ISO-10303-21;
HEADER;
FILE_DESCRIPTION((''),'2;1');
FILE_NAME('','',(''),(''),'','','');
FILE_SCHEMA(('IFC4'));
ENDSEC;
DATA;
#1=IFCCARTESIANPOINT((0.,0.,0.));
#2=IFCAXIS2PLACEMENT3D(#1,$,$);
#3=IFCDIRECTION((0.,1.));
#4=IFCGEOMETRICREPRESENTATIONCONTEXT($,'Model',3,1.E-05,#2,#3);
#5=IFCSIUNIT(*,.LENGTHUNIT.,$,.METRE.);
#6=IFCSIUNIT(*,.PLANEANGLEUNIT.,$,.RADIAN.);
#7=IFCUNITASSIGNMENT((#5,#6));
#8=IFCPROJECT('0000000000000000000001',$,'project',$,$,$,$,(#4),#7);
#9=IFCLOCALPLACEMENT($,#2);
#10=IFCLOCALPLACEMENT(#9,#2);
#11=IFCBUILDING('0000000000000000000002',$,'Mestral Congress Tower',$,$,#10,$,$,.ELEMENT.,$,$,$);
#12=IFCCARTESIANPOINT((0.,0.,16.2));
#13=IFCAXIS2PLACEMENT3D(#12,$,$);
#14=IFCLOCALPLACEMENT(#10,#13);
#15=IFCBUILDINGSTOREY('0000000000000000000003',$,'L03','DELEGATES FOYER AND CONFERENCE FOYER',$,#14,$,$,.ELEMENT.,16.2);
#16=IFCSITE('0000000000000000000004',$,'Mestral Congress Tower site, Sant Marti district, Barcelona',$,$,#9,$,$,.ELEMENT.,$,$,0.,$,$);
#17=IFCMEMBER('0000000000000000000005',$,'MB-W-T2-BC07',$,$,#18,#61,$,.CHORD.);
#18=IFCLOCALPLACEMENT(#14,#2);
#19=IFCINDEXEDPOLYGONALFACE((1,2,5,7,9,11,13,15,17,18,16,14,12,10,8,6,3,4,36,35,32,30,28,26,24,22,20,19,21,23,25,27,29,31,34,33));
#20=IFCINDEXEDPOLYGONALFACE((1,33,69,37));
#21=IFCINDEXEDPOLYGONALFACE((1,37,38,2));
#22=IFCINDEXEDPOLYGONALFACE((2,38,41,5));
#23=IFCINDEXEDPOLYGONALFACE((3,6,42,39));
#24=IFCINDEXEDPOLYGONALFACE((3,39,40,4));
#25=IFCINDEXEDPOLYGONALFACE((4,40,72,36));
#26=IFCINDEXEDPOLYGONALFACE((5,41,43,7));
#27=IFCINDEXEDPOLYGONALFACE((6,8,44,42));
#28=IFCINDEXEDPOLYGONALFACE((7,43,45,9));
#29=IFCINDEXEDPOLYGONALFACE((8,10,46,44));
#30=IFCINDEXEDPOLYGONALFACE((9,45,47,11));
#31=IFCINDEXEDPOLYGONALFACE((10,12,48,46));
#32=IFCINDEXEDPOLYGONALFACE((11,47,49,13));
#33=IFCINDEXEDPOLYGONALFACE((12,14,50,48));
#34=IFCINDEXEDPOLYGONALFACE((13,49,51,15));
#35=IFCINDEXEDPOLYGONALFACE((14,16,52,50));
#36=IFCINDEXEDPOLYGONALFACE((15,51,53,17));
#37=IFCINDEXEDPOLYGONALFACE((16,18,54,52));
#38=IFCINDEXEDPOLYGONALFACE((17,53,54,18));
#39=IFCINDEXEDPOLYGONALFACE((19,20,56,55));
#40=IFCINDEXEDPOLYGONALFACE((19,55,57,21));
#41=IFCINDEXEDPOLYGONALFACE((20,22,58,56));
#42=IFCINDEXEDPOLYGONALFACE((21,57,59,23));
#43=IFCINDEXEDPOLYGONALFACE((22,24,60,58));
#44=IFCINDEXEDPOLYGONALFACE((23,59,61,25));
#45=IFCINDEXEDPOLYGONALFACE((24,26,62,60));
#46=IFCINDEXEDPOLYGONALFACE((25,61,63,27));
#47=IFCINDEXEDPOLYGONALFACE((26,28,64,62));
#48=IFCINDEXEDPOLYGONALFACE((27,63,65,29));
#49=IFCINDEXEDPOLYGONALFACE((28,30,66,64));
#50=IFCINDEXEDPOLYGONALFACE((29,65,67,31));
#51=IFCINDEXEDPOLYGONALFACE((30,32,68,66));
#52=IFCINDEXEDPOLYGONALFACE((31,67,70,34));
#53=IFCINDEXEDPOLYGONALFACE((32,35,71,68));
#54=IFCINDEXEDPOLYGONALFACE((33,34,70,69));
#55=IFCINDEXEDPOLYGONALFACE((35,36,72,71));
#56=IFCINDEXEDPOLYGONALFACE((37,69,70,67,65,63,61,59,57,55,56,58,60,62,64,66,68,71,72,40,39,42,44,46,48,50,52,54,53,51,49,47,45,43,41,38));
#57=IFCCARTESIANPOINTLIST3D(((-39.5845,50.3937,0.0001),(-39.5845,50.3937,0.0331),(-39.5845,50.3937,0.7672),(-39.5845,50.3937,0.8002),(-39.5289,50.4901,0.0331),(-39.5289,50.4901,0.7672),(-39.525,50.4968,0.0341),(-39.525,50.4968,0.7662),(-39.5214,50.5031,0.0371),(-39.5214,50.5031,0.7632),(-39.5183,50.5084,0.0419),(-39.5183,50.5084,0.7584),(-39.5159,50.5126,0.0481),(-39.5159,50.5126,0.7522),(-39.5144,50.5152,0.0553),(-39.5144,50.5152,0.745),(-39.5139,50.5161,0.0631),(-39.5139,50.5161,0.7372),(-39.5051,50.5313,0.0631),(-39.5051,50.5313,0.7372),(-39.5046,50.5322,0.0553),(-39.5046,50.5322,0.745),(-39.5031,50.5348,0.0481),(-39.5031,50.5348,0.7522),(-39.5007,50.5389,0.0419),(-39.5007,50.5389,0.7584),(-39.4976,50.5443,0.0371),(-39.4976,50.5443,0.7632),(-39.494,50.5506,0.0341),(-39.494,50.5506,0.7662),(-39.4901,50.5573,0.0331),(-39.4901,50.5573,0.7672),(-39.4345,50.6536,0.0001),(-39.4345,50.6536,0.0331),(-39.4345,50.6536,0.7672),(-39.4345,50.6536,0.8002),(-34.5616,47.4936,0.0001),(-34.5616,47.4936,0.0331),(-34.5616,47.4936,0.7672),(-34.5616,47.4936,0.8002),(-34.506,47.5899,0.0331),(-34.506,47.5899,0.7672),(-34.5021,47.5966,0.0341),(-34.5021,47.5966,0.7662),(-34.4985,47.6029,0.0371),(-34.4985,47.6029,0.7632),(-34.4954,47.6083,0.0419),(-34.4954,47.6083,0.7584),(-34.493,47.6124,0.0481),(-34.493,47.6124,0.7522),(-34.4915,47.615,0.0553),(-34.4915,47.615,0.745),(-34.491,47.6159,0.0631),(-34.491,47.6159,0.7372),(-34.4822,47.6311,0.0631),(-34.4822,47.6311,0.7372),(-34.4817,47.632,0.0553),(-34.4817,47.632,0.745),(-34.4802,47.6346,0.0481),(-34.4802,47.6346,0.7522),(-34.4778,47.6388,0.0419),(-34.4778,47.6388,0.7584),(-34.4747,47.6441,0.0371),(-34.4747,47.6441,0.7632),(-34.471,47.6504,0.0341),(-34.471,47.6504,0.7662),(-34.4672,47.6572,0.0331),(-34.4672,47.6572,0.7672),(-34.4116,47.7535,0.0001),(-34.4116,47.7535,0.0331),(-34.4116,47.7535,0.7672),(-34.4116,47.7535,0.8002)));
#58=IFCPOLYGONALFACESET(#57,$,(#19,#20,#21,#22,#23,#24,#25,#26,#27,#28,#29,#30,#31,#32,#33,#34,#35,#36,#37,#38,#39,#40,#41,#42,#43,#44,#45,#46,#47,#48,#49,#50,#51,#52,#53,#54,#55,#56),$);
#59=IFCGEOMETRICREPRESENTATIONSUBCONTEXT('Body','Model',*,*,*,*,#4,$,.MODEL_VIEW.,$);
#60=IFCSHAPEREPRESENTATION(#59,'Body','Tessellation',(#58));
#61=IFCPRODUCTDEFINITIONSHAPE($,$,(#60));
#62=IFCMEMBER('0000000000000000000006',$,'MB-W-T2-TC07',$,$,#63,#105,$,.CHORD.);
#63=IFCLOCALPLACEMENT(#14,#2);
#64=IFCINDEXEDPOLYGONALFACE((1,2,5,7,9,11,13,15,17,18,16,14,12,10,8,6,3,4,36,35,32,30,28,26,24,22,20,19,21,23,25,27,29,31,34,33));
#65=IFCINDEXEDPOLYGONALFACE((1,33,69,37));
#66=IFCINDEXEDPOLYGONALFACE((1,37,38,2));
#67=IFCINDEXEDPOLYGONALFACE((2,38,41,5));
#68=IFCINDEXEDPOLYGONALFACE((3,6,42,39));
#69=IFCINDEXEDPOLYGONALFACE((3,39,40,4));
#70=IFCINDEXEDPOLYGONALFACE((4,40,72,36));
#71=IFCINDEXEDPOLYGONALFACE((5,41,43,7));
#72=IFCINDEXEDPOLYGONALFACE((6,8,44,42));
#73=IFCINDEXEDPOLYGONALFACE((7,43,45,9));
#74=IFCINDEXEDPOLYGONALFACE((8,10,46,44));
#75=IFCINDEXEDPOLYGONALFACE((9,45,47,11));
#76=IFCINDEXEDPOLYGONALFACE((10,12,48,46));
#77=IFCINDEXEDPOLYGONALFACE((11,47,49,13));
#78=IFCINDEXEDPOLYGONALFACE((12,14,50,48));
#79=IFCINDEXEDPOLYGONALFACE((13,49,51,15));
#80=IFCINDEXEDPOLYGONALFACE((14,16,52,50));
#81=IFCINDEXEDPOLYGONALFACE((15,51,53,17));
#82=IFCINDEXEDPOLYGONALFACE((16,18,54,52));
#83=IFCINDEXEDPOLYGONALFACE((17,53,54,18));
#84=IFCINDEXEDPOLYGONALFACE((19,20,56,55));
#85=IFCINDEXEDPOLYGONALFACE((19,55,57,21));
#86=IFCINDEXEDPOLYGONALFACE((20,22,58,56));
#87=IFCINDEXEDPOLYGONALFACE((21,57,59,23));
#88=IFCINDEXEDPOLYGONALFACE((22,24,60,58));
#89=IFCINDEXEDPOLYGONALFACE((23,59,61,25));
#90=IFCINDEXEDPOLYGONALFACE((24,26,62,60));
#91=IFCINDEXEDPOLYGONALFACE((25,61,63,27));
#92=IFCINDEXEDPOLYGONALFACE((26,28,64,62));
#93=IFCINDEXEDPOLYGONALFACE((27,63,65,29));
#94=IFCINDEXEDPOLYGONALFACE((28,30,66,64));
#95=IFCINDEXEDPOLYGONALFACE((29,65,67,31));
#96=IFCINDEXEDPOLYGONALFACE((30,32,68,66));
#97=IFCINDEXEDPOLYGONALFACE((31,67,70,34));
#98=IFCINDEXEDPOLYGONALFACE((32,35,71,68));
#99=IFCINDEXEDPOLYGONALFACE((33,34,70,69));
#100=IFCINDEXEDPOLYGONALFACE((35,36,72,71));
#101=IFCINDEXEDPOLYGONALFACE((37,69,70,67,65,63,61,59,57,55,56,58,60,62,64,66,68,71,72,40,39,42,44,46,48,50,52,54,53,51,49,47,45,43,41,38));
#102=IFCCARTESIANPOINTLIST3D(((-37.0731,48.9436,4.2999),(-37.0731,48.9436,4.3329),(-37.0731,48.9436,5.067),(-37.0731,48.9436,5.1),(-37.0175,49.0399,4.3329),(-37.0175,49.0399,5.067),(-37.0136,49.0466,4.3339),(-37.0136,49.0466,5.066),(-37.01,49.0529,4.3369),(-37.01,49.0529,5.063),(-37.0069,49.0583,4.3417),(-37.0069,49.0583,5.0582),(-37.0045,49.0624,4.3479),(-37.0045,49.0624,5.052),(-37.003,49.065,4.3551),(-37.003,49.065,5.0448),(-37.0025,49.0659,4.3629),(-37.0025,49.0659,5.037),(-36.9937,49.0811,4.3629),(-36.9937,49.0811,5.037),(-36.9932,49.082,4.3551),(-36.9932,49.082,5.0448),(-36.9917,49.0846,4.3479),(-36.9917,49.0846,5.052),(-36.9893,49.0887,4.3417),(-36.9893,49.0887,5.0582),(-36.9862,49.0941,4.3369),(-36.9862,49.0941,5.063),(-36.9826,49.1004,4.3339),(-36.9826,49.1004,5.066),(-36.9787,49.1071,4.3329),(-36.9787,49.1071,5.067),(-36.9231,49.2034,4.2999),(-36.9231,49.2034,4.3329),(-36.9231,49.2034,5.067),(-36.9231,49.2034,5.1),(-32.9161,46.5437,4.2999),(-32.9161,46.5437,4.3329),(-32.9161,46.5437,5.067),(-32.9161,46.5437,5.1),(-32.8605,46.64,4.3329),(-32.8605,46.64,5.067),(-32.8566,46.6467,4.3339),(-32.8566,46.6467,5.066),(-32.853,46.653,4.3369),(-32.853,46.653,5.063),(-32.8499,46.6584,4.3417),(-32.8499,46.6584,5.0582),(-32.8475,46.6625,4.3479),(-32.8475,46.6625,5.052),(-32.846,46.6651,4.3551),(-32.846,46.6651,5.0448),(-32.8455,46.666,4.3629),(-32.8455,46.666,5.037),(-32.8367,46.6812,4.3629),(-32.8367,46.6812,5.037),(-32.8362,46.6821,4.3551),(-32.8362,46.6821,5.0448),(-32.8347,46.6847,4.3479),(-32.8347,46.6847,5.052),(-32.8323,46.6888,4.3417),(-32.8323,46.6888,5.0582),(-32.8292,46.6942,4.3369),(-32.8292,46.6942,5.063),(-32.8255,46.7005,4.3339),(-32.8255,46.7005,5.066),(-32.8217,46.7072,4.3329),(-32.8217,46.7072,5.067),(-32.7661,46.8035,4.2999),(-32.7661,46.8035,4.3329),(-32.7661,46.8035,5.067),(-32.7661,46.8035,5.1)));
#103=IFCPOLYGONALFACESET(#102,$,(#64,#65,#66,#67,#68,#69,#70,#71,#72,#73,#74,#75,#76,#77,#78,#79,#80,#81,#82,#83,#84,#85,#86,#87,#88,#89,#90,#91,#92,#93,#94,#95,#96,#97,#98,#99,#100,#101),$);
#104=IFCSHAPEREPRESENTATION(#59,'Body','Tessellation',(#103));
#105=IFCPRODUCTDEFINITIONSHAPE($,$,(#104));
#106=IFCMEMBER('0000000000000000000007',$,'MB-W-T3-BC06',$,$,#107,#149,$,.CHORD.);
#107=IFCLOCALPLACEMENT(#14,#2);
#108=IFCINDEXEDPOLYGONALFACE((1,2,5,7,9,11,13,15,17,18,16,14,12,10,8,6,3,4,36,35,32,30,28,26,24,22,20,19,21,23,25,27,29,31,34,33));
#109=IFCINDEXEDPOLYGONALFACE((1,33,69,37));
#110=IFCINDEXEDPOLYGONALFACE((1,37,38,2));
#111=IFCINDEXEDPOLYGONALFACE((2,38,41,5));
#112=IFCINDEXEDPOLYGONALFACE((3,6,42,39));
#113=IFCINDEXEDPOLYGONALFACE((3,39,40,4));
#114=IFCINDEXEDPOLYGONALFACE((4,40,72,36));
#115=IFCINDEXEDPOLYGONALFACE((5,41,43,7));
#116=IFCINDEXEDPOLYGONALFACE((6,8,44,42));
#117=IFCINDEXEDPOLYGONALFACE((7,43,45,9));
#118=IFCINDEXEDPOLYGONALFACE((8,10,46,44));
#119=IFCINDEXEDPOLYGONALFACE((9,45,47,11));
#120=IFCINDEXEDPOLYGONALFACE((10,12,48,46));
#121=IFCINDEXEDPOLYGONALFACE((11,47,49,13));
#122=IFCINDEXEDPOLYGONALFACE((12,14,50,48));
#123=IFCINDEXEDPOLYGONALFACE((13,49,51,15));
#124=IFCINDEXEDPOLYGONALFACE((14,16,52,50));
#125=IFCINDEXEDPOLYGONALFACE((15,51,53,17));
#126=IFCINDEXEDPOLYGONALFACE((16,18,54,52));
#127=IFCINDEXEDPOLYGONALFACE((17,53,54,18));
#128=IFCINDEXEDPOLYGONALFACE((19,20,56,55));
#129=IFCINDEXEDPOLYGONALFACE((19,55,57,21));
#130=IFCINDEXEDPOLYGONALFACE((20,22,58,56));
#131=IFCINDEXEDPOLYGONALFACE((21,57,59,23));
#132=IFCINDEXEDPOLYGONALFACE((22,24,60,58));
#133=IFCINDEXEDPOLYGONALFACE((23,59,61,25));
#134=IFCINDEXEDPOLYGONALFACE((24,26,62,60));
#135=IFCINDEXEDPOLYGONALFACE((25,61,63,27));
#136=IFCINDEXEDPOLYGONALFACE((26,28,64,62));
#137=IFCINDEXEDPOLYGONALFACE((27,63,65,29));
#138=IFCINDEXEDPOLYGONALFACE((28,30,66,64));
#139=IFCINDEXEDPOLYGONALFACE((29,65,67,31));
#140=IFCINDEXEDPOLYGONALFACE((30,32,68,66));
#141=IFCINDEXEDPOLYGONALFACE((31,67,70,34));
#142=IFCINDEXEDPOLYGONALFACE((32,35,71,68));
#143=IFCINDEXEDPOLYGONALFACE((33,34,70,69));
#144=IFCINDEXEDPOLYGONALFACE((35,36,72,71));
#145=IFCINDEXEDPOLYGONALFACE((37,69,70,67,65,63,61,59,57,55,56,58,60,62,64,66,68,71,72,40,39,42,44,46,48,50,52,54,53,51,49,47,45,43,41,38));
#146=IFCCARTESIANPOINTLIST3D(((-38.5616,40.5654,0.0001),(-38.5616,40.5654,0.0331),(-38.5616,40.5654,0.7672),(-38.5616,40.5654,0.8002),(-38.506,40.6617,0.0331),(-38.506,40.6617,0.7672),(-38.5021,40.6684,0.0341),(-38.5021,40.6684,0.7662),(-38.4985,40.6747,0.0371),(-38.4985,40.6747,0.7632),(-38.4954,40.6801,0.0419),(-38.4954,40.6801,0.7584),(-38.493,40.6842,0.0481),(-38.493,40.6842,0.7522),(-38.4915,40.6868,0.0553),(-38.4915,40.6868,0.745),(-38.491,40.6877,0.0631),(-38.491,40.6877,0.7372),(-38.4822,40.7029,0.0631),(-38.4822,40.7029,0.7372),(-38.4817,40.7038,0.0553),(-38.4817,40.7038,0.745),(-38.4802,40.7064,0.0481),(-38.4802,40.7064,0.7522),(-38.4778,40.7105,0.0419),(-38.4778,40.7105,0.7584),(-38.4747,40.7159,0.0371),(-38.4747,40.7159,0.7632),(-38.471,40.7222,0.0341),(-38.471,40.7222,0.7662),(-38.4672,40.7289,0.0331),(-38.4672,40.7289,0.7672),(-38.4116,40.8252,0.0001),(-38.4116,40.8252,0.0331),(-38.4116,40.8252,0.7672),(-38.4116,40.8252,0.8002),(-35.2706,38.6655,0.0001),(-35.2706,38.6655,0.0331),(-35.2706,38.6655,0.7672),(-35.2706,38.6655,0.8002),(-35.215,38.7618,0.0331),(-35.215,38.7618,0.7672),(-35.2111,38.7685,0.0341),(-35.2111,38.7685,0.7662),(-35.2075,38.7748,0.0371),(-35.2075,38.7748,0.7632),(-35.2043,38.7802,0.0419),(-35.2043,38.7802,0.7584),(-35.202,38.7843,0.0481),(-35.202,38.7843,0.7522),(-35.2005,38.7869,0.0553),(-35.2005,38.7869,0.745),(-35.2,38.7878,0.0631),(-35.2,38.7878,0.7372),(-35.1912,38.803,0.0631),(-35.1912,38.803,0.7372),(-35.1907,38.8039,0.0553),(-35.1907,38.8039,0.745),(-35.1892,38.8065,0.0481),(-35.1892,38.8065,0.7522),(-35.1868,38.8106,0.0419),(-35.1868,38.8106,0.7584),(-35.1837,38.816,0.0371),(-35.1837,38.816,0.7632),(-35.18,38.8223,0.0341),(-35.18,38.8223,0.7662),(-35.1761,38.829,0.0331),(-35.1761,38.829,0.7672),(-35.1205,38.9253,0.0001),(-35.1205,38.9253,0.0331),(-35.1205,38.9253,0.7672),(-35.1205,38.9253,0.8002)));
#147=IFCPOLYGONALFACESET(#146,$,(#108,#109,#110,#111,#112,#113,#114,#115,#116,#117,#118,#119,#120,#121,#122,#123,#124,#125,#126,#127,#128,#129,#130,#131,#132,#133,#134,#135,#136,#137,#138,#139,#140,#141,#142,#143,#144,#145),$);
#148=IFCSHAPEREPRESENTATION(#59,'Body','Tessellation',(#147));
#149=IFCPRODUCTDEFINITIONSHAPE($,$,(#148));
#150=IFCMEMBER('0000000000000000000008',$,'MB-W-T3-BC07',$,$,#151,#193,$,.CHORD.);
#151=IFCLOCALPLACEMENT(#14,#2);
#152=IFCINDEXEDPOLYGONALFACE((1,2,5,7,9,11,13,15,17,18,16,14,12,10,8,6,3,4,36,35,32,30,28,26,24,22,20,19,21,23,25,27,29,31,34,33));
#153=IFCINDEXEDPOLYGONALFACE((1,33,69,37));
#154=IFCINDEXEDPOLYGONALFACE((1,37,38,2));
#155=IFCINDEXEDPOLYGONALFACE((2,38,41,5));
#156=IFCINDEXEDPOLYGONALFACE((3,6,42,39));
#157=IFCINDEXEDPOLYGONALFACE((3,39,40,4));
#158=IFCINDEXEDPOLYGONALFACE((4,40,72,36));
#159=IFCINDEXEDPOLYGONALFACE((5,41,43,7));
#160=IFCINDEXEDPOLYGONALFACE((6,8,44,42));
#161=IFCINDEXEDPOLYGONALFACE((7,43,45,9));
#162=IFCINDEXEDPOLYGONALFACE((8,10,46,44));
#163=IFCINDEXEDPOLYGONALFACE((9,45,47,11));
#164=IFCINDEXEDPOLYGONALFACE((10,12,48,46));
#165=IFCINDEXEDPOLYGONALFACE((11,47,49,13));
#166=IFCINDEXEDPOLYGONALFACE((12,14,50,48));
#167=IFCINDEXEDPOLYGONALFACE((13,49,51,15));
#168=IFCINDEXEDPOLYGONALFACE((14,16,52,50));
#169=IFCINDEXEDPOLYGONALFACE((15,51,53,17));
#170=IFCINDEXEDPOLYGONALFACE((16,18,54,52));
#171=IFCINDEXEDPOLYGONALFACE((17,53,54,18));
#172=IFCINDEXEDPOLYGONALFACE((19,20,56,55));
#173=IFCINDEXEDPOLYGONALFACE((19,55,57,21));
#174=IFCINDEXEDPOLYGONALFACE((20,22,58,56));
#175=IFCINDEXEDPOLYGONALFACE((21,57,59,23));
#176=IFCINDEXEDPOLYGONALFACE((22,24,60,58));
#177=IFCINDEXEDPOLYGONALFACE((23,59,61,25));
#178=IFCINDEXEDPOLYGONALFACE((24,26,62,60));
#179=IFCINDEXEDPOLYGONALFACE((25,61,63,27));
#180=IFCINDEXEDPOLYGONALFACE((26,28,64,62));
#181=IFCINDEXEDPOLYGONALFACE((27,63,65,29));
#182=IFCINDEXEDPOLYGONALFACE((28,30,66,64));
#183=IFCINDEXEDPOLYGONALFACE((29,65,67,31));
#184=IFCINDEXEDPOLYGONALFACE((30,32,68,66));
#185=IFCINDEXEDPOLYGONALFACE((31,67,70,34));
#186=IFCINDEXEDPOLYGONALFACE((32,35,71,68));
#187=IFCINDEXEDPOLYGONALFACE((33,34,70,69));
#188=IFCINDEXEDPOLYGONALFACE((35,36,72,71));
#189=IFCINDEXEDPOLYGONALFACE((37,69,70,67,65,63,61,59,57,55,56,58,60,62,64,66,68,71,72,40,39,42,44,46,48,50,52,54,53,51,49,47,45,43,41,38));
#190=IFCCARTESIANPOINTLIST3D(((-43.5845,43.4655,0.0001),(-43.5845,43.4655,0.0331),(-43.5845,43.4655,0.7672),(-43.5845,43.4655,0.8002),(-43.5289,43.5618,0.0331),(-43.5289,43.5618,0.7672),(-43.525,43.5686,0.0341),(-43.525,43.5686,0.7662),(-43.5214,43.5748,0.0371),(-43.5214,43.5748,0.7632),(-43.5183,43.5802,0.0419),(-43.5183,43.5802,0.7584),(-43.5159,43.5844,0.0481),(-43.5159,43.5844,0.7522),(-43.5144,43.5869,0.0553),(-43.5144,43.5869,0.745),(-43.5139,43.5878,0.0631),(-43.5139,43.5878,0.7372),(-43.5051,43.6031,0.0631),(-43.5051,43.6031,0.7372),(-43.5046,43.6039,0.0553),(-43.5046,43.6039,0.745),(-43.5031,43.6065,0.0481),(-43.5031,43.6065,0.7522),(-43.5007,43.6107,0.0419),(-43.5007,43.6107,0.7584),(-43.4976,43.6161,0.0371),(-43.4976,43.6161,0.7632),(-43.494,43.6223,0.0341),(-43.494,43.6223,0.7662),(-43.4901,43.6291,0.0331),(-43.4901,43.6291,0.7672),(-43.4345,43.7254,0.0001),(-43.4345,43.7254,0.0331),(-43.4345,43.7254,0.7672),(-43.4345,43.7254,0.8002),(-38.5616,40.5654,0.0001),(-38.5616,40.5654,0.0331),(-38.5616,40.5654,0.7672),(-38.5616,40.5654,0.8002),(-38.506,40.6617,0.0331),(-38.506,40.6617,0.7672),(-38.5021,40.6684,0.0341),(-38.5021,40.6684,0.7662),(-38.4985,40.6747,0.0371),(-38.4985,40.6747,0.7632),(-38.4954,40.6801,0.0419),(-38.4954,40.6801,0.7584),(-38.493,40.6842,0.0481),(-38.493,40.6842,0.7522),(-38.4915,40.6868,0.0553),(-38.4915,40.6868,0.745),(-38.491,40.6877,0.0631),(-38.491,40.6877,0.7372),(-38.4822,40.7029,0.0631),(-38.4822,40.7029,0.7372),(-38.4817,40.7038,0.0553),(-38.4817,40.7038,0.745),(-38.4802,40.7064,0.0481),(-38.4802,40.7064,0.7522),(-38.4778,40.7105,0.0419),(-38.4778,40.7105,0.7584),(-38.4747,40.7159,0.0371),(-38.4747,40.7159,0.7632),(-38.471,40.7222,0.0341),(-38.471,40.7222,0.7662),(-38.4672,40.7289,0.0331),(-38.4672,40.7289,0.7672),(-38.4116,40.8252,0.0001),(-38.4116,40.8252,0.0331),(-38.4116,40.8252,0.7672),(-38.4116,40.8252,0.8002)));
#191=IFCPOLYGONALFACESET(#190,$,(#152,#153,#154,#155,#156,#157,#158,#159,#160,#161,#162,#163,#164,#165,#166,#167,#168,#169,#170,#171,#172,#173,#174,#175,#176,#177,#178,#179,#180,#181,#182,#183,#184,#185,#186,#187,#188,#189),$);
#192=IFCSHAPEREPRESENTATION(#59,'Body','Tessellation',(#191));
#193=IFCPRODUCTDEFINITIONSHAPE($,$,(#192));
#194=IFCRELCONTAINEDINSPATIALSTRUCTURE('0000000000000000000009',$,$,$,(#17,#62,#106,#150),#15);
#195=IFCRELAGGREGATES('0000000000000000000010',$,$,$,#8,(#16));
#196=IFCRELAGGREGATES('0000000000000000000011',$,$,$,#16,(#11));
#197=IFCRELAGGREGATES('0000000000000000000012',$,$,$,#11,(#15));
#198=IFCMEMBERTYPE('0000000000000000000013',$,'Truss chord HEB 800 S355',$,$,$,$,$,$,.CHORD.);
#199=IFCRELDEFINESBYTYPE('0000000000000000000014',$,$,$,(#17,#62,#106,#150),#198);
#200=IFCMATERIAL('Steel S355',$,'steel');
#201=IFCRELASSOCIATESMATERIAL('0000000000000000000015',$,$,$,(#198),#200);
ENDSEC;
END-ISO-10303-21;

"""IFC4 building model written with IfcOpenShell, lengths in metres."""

from ifc_helpers import new_model, si_unit, direction, frame, origin, origin_2d, place, context, subcontext, project, spatial, i_section, extrude, material, material_profile, profile_set, type_object, element, save


model = new_model("IFC4")

# Units and contexts
model_context = context("Model", 3, precision=1e-05, world=origin(), true_north=direction((0.0, 1.0)))
body_context = subcontext(model_context, "Body", "Model", "MODEL_VIEW")
ifc_project = project(units=[si_unit("LENGTHUNIT", "METRE"), si_unit("PLANEANGLEUNIT", "RADIAN")], contexts=[model_context])

# Site, building, storey
site_placement = place(None, origin())
site = spatial("IfcSite", under=ifc_project, at=site_placement, Name="Mestral Congress Tower site, Sant Marti district, Barcelona", CompositionType="ELEMENT", RefElevation=0.0)
building_placement = place(site_placement, origin())
building = spatial("IfcBuilding", under=site, at=building_placement, Name="Mestral Congress Tower", CompositionType="ELEMENT")
storey_placement = place(building_placement, frame((0.0, 0.0, 16.2)))
storey = spatial("IfcBuildingStorey", under=building, at=storey_placement, Name="L03", Description="DELEGATES FOYER AND CONFERENCE FOYER", CompositionType="ELEMENT", Elevation=16.2)

# Members
ifc_material = material(Name="Steel S355", Category="steel")
ifc_material_profile_1 = material_profile(ifc_material, i_section(OverallWidth=0.3, OverallDepth=0.8, WebThickness=0.0176, FlangeThickness=0.033, FilletRadius=0.03, at=origin_2d()), Name="HEB 800")
ifc_profile_set_1 = profile_set([ifc_material_profile_1], Name="Steel S355")
member_type_1 = type_object("IfcMemberType", Name="Truss chord HEB 800 S355", PredefinedType="CHORD", material=ifc_profile_set_1)
member_1_placement = place(storey_placement, frame((-34.4866, 47.6235, 0.4001), z_axis=(-0.866015, 0.500019, 0.0), x_axis=(-0.500019, -0.866015, 0.0)))
element("IfcMember", 1, at=member_1_placement, inside=storey, type_object=member_type_1, Name="MB-W-T2-BC07", PredefinedType="CHORD", context=body_context, shape_type="SweptSolid", body=[
    extrude(i_section(OverallWidth=0.3, OverallDepth=0.8, WebThickness=0.0176, FlangeThickness=0.033, FilletRadius=0.03, at=origin_2d()), origin(), (0.0, 0.0, 1.0), 5.8),
])
member_2_placement = place(storey_placement, frame((-32.8411, 46.6736, 4.7), z_axis=(-0.866037, 0.499979, 0.0), x_axis=(-0.499979, -0.866037, 0.0)))
element("IfcMember", 2, at=member_2_placement, inside=storey, type_object=member_type_1, Name="MB-W-T2-TC07", PredefinedType="CHORD", context=body_context, shape_type="SweptSolid", body=[
    extrude(i_section(OverallWidth=0.3, OverallDepth=0.8, WebThickness=0.0176, FlangeThickness=0.033, FilletRadius=0.03, at=origin_2d()), origin(), (0.0, 0.0, 1.0), 4.8),
])
member_3_placement = place(storey_placement, frame((-35.1956, 38.7954, 0.4001), z_axis=(-0.866044, 0.499967, 0.0), x_axis=(-0.499967, -0.866044, 0.0)))
element("IfcMember", 3, at=member_3_placement, inside=storey, type_object=member_type_1, Name="MB-W-T3-BC06", PredefinedType="CHORD", context=body_context, shape_type="SweptSolid", body=[
    extrude(i_section(OverallWidth=0.3, OverallDepth=0.8, WebThickness=0.0176, FlangeThickness=0.033, FilletRadius=0.03, at=origin_2d()), origin(), (0.0, 0.0, 1.0), 3.8),
])
member_4_placement = place(storey_placement, frame((-38.4866, 40.6953, 0.4001), z_axis=(-0.866015, 0.500019, 0.0), x_axis=(-0.500019, -0.866015, 0.0)))
element("IfcMember", 4, at=member_4_placement, inside=storey, type_object=member_type_1, Name="MB-W-T3-BC07", PredefinedType="CHORD", context=body_context, shape_type="SweptSolid", body=[
    extrude(i_section(OverallWidth=0.3, OverallDepth=0.8, WebThickness=0.0176, FlangeThickness=0.033, FilletRadius=0.03, at=origin_2d()), origin(), (0.0, 0.0, 1.0), 5.8),
])

save(model, "model.ifc")
